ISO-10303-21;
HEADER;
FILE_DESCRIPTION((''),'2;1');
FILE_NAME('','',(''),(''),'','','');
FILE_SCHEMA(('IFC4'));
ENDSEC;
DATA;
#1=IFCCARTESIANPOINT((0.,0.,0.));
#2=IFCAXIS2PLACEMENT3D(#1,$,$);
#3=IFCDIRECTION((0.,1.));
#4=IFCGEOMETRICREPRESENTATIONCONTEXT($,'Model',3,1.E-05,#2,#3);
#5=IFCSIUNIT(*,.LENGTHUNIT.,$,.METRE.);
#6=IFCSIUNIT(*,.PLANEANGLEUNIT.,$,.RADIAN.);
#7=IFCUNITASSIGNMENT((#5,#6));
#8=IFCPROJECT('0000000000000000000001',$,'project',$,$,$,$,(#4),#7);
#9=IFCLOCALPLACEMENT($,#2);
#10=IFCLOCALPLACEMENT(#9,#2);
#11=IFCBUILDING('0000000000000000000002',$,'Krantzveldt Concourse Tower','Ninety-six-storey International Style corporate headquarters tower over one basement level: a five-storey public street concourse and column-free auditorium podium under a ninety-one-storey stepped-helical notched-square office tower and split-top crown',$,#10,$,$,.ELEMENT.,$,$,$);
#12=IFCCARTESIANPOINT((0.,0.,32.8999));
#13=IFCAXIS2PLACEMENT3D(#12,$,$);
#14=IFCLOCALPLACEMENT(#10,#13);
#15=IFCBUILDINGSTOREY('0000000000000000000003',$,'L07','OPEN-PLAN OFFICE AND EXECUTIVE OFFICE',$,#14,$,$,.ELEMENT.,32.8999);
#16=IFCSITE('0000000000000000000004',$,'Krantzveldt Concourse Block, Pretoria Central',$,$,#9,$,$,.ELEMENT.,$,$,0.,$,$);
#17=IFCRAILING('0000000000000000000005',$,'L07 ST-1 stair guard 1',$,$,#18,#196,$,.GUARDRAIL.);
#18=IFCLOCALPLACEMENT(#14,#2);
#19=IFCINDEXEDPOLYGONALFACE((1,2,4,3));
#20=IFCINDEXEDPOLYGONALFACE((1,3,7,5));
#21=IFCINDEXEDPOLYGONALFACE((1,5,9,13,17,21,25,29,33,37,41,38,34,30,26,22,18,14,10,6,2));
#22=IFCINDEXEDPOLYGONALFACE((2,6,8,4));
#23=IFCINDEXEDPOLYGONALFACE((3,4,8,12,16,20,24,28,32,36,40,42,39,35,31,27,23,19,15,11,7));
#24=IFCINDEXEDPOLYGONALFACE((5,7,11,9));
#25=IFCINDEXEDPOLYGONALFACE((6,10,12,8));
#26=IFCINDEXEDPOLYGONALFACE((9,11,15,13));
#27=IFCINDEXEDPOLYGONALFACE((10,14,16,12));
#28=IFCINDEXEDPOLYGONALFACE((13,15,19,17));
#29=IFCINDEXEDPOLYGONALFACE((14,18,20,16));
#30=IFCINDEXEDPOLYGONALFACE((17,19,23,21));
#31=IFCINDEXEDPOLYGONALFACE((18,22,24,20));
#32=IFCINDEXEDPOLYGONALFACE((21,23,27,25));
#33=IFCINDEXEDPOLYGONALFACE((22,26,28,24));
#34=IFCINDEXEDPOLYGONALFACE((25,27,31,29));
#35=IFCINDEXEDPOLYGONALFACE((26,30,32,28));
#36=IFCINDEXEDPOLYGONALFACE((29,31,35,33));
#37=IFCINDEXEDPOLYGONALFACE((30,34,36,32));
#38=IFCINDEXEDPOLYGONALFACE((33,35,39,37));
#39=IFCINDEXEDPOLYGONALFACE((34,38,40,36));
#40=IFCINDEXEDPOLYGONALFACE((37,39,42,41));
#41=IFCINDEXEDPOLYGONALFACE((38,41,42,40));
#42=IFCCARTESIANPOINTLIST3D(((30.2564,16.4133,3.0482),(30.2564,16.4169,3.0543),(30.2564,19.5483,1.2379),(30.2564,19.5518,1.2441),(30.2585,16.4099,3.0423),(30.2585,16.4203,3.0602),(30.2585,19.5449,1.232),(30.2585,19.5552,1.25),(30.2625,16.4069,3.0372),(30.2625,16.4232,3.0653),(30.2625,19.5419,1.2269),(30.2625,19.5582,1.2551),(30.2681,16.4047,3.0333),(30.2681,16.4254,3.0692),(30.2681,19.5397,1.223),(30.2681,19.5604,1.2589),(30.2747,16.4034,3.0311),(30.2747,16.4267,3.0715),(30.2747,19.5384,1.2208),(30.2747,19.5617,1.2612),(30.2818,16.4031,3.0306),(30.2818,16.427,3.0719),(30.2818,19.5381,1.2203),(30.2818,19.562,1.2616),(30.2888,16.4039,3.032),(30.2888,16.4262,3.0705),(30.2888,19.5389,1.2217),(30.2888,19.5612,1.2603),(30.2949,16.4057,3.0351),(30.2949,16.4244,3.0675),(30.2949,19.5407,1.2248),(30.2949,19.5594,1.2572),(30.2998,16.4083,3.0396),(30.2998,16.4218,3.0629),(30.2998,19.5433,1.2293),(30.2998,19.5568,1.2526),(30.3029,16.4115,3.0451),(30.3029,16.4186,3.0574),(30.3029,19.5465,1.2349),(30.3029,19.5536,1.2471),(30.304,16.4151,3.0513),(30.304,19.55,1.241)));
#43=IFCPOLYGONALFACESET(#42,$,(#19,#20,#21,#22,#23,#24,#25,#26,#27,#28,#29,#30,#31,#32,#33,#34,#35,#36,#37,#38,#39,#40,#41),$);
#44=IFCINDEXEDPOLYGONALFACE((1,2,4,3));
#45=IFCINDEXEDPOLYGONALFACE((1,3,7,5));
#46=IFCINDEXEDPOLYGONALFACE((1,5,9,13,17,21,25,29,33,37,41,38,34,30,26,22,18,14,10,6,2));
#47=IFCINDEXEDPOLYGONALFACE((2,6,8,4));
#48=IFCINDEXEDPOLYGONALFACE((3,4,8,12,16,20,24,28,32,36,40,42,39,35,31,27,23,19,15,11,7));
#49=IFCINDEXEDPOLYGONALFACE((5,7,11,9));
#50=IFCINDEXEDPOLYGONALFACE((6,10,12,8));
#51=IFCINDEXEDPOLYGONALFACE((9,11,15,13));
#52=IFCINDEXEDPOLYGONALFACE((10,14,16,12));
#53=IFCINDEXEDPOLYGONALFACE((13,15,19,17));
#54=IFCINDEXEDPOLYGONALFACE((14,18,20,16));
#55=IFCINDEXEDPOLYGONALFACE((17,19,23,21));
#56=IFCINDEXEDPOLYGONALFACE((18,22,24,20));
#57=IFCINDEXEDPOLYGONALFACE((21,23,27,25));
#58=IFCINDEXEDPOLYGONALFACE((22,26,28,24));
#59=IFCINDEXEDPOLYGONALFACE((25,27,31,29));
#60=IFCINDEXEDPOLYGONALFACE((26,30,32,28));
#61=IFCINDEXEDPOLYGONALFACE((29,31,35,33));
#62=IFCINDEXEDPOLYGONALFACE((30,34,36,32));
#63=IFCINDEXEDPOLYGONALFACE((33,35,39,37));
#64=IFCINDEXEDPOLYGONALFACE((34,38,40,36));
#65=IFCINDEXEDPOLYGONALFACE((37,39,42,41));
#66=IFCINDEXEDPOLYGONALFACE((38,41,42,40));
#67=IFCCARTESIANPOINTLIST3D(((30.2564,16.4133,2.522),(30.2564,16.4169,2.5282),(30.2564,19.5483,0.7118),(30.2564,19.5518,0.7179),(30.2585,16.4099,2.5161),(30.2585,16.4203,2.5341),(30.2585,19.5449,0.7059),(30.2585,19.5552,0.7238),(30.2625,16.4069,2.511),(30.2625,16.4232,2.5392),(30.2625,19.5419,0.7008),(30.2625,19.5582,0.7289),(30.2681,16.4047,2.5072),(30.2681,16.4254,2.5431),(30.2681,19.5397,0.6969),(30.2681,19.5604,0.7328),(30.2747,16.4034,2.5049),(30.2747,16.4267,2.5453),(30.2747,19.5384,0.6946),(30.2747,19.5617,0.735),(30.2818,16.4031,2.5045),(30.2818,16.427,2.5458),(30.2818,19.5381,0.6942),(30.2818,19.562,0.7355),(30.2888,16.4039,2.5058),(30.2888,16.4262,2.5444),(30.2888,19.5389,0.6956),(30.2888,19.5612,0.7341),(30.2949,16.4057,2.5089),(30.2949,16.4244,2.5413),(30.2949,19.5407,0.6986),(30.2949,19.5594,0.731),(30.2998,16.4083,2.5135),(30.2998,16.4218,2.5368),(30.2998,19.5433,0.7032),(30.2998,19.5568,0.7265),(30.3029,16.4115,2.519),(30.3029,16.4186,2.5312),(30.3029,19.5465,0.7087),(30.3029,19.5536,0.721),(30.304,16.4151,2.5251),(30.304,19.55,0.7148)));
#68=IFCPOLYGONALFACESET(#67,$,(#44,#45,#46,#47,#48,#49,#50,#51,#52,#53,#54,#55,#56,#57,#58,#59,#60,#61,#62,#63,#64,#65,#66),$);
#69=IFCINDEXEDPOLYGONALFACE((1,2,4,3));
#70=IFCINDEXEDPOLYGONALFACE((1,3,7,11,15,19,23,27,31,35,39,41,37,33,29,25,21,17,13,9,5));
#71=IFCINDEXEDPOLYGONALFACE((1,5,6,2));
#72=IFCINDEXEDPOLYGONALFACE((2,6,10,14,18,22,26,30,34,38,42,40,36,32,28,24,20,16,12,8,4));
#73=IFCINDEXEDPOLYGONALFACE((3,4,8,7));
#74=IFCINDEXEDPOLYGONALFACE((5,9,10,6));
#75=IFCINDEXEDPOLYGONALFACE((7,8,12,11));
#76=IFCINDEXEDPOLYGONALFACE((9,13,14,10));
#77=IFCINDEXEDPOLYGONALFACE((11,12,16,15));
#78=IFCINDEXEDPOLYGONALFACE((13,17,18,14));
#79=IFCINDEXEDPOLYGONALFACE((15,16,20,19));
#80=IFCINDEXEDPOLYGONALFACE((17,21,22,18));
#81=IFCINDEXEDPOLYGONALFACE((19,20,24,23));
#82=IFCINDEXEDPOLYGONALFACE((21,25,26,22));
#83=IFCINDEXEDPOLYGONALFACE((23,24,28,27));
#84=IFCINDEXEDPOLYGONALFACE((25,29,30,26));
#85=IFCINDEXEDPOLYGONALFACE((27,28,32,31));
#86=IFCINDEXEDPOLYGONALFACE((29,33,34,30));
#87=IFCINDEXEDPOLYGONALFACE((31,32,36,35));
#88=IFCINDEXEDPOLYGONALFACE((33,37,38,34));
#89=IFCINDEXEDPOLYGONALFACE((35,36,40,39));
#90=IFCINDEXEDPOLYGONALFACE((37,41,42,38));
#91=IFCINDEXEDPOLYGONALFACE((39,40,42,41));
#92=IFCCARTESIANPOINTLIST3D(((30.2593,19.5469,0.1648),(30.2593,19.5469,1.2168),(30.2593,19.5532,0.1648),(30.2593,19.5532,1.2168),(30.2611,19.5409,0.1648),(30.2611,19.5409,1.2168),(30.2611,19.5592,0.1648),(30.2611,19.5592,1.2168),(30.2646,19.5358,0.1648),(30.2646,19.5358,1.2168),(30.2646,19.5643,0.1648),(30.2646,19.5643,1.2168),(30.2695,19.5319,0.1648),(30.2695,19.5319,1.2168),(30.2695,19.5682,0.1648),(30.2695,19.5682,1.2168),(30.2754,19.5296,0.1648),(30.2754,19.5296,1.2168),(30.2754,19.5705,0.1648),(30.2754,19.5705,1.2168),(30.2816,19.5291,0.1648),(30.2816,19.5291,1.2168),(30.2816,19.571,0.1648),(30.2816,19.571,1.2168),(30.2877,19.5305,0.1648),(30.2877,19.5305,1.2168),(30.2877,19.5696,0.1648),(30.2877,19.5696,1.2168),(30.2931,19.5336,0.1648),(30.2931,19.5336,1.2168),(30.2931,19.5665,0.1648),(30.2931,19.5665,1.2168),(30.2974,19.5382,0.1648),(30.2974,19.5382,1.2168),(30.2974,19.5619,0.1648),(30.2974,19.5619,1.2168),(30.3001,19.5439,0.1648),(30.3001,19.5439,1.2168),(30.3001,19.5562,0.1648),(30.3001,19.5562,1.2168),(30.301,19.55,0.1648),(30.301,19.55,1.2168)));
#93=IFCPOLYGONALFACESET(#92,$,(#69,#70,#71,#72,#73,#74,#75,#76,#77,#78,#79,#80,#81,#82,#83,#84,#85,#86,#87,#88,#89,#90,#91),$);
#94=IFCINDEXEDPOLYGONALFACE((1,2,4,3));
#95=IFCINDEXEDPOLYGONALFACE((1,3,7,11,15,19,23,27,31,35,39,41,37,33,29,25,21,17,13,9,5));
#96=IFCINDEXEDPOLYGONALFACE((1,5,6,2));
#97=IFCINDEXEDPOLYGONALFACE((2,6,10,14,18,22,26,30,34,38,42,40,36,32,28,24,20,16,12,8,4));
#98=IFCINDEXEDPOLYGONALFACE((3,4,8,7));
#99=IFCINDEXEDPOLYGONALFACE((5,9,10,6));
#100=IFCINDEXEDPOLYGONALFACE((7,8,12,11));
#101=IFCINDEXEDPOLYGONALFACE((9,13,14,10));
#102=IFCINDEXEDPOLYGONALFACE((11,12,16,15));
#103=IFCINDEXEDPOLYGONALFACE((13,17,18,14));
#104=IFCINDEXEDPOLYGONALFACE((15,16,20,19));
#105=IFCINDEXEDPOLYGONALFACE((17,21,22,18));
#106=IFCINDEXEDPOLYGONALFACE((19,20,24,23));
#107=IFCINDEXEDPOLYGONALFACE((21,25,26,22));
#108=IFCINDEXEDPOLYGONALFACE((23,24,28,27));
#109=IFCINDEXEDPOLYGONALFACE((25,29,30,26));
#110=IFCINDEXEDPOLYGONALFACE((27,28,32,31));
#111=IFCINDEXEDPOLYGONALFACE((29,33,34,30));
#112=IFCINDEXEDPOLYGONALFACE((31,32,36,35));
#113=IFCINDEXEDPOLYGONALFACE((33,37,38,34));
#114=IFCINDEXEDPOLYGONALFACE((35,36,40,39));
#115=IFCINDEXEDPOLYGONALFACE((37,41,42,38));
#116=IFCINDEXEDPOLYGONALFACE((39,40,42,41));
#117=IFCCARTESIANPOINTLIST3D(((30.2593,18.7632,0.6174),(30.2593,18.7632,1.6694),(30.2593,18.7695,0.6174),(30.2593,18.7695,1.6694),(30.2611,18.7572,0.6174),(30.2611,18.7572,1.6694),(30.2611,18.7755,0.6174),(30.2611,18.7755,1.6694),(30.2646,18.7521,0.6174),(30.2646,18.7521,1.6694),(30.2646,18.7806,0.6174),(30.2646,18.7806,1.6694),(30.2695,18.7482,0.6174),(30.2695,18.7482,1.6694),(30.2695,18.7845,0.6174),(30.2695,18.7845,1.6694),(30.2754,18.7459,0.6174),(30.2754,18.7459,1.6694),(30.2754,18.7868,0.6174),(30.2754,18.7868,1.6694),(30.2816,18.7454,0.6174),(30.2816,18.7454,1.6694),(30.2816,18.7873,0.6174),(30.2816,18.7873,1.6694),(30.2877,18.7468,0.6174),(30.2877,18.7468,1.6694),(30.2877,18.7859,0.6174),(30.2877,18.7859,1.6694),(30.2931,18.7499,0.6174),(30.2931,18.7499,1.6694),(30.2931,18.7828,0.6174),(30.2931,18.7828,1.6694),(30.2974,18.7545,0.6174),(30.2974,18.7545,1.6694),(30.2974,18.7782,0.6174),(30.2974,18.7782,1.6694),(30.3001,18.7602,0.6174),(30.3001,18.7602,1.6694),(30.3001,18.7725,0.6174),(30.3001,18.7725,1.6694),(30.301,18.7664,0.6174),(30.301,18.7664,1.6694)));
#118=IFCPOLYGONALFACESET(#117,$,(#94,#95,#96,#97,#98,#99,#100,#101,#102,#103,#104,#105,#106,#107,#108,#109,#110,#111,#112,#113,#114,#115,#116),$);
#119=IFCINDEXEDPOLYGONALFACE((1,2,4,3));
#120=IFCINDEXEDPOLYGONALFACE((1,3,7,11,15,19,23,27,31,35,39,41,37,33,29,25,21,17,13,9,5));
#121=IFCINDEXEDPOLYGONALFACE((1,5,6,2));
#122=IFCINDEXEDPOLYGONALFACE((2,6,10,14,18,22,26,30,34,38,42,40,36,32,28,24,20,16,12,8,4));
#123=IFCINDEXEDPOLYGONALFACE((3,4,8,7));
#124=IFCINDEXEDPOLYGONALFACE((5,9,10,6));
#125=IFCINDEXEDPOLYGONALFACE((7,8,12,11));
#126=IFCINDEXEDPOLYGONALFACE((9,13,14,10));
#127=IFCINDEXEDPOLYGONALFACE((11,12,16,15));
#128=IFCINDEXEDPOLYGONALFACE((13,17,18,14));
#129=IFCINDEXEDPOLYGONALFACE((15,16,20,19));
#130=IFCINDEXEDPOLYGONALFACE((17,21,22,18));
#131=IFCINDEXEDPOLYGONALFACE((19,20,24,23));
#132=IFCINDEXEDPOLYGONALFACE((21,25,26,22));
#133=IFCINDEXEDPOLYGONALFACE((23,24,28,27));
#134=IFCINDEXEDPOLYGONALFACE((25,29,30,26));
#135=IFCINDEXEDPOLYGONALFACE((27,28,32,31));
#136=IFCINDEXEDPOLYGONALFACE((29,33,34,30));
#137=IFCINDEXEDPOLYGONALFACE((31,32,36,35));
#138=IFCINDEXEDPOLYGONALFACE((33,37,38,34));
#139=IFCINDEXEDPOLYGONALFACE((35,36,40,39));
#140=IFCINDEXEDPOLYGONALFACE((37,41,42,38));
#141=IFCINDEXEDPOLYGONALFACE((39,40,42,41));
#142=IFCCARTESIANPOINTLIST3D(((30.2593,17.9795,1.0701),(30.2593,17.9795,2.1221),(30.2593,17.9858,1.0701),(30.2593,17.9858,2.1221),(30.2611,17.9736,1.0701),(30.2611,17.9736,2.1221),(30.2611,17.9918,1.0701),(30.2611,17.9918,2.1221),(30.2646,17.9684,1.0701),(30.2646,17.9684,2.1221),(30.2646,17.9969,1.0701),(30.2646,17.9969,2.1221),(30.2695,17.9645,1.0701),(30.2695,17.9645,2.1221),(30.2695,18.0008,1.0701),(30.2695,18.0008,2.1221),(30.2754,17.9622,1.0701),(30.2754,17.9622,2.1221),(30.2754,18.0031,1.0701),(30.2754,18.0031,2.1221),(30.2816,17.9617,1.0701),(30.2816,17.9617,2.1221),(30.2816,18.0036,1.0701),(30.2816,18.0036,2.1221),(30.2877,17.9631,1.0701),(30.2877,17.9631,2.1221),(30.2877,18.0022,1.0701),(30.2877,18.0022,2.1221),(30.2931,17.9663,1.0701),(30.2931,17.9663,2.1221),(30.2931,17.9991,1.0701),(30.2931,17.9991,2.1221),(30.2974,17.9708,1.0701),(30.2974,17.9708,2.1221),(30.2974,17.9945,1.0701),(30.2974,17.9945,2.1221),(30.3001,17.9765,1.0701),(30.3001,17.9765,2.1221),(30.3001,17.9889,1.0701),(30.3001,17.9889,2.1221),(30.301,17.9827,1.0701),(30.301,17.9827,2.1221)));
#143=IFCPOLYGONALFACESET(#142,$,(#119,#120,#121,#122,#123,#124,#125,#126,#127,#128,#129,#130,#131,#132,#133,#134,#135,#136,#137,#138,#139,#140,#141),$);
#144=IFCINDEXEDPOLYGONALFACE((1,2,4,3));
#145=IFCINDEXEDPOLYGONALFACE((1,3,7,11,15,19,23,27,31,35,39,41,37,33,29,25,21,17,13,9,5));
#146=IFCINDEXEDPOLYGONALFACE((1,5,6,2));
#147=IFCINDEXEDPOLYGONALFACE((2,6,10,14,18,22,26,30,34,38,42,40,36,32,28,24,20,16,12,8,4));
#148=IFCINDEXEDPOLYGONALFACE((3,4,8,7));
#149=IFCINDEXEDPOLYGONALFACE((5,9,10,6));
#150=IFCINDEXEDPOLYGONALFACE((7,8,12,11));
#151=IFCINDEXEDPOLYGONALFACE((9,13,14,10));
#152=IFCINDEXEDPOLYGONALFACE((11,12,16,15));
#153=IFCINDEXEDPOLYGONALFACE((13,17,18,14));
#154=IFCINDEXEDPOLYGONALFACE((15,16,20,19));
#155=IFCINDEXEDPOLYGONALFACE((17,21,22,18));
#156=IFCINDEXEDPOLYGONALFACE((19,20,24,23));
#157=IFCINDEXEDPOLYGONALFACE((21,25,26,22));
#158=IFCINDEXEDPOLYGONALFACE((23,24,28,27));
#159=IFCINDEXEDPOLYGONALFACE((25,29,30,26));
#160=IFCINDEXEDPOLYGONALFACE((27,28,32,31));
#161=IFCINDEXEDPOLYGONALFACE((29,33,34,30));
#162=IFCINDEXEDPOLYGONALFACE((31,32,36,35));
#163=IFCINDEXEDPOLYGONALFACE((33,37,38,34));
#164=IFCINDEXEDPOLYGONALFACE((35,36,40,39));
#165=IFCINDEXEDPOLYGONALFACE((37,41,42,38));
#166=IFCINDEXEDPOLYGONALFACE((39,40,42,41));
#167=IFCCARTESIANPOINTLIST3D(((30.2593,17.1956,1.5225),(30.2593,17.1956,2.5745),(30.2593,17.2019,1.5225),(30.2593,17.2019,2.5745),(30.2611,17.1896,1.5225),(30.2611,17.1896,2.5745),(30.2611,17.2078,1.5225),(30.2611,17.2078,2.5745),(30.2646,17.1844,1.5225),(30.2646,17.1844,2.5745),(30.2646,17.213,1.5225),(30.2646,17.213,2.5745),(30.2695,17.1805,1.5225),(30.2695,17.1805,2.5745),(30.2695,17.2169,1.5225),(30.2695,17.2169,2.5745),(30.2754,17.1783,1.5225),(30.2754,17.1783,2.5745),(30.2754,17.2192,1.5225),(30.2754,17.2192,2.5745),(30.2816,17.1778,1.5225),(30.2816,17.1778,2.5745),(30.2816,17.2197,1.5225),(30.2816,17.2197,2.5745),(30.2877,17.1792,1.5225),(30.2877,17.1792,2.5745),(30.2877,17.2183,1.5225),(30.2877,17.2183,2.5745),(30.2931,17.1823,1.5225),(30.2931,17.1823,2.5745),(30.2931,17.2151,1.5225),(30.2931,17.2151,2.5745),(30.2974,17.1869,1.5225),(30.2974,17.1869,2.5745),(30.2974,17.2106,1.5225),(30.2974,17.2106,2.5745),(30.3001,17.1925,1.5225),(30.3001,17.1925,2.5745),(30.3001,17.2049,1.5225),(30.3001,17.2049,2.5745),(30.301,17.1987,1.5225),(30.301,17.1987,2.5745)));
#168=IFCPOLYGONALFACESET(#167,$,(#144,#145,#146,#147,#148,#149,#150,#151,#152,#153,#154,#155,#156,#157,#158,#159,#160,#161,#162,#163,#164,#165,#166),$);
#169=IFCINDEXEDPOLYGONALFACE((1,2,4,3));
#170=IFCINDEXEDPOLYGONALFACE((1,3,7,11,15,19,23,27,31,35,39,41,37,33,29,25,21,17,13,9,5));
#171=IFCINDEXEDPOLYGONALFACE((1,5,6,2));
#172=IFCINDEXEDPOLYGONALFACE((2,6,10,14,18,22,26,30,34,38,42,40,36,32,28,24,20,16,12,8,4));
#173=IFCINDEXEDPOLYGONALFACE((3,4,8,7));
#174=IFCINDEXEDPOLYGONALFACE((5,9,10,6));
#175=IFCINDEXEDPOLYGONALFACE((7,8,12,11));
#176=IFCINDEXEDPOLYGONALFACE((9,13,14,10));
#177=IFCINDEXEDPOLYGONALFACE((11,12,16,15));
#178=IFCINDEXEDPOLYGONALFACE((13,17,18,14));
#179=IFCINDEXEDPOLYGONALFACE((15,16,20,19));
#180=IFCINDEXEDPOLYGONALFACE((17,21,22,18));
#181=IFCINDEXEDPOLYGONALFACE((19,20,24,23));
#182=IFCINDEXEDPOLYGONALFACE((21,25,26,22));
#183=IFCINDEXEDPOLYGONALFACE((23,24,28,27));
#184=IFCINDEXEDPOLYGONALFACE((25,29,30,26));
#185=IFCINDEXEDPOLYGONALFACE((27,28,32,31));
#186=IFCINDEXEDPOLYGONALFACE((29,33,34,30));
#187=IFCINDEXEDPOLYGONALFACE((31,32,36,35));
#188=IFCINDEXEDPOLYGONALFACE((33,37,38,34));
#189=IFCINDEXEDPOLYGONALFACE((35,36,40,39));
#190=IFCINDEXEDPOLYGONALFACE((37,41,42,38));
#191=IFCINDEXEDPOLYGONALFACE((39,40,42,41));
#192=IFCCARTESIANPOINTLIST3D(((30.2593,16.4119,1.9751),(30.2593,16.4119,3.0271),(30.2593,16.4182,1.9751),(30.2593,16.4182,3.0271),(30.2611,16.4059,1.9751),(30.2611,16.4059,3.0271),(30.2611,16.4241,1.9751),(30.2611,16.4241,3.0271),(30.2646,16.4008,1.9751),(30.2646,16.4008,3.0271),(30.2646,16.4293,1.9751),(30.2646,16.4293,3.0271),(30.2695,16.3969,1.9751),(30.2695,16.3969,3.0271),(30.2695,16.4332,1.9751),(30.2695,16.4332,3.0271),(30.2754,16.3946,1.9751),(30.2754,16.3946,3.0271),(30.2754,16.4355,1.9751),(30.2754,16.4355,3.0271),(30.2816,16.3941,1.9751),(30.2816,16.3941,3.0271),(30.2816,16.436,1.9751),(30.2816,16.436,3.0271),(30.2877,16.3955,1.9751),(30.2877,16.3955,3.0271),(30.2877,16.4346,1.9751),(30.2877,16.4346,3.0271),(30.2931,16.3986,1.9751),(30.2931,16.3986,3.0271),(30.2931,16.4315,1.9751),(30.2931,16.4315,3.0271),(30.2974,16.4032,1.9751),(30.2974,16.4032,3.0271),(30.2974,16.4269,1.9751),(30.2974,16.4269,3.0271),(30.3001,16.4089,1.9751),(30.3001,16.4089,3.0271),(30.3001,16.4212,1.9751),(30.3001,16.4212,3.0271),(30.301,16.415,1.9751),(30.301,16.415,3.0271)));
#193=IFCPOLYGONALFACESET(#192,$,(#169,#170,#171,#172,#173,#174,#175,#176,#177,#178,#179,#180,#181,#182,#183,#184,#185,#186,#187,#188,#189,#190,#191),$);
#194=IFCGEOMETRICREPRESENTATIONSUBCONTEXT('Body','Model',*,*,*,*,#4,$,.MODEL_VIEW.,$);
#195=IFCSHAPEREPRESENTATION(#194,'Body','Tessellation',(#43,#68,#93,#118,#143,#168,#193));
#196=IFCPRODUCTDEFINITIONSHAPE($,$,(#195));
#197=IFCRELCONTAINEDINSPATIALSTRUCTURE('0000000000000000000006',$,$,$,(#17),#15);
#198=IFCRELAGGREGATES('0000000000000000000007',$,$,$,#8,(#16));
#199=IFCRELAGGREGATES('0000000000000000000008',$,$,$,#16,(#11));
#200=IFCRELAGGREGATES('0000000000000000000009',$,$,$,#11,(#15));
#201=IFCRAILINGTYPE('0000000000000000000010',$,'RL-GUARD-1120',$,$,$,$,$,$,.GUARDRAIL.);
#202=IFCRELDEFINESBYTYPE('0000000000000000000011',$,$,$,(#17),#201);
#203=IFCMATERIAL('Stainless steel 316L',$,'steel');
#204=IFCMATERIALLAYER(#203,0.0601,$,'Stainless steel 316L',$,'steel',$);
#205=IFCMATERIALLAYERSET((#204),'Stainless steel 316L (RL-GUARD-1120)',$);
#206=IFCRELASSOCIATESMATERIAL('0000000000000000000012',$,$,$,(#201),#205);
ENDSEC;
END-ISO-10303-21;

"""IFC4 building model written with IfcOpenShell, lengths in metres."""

from ifc_helpers import new_model, si_unit, direction, frame, origin, origin_2d, place, context, subcontext, project, spatial, circle, extrude, material, layer, layer_set, type_object, element, save


model = new_model("IFC4")

# Units and contexts
model_context = context("Model", 3, precision=1e-05, world=origin(), true_north=direction((0.0, 1.0)))
body_context = subcontext(model_context, "Body", "Model", "MODEL_VIEW")
ifc_project = project(units=[si_unit("LENGTHUNIT", "METRE"), si_unit("PLANEANGLEUNIT", "RADIAN")], contexts=[model_context])

# Site, building, storey
site_placement = place(None, origin())
site = spatial("IfcSite", under=ifc_project, at=site_placement, Name="Krantzveldt Concourse Block, Pretoria Central", CompositionType="ELEMENT", RefElevation=0.0)
building_placement = place(site_placement, origin())
building = spatial("IfcBuilding", under=site, at=building_placement, Name="Krantzveldt Concourse Tower", Description="Ninety-six-storey International Style corporate headquarters tower over one basement level: a five-storey public street concourse and column-free auditorium podium under a ninety-one-storey stepped-helical notched-square office tower and split-top crown", CompositionType="ELEMENT")
storey_placement = place(building_placement, frame((0.0, 0.0, 32.8999)))
storey = spatial("IfcBuildingStorey", under=building, at=storey_placement, Name="L07", Description="OPEN-PLAN OFFICE AND EXECUTIVE OFFICE", CompositionType="ELEMENT", Elevation=32.8999)

# Railing
ifc_material_1 = material(Name="Stainless steel 316L", Category="steel")
ifc_layer_1 = layer(ifc_material_1, 0.0601, Name="Stainless steel 316L", Category="steel")
ifc_layer_set_1 = layer_set([ifc_layer_1], Name="Stainless steel 316L (RL-GUARD-1120)")
railing_type_1 = type_object("IfcRailingType", Name="RL-GUARD-1120", PredefinedType="GUARDRAIL", material=ifc_layer_set_1)
railing_1_placement = place(storey_placement, frame((30.28, 19.55, 0.1648)))
element("IfcRailing", 1, at=railing_1_placement, inside=storey, type_object=railing_type_1, Name="L07 ST-1 stair guard 1", PredefinedType="GUARDRAIL", context=body_context, shape_type="SweptSolid", body=[
    extrude(circle(Radius=0.0239, at=origin_2d()), frame((0.0, 0.0, 1.0762), z_axis=(0.0, -0.865989, 0.500063), x_axis=(1.0, 0.0, 0.0)), (0.0, 0.0, 1.0), 3.6201),
    extrude(circle(Radius=0.0239, at=origin_2d()), frame((0.0, 0.0, 0.55), z_axis=(0.0, -0.865989, 0.500063), x_axis=(1.0, 0.0, 0.0)), (0.0, 0.0, 1.0), 3.6201),
    extrude(circle(Radius=0.021, at=origin_2d()), origin(), (0.0, 0.0, 1.0), 1.052),
    extrude(circle(Radius=0.021, at=origin_2d()), frame((0.0, -0.7837, 0.4526)), (0.0, 0.0, 1.0), 1.052),
    extrude(circle(Radius=0.021, at=origin_2d()), frame((0.0, -1.5674, 0.9053)), (0.0, 0.0, 1.0), 1.052),
    extrude(circle(Radius=0.021, at=origin_2d()), frame((0.0, -2.3513, 1.3577)), (0.0, 0.0, 1.0), 1.052),
    extrude(circle(Radius=0.021, at=origin_2d()), frame((0.0, -3.135, 1.8103)), (0.0, 0.0, 1.0), 1.052),
])

save(model, "model.ifc")
